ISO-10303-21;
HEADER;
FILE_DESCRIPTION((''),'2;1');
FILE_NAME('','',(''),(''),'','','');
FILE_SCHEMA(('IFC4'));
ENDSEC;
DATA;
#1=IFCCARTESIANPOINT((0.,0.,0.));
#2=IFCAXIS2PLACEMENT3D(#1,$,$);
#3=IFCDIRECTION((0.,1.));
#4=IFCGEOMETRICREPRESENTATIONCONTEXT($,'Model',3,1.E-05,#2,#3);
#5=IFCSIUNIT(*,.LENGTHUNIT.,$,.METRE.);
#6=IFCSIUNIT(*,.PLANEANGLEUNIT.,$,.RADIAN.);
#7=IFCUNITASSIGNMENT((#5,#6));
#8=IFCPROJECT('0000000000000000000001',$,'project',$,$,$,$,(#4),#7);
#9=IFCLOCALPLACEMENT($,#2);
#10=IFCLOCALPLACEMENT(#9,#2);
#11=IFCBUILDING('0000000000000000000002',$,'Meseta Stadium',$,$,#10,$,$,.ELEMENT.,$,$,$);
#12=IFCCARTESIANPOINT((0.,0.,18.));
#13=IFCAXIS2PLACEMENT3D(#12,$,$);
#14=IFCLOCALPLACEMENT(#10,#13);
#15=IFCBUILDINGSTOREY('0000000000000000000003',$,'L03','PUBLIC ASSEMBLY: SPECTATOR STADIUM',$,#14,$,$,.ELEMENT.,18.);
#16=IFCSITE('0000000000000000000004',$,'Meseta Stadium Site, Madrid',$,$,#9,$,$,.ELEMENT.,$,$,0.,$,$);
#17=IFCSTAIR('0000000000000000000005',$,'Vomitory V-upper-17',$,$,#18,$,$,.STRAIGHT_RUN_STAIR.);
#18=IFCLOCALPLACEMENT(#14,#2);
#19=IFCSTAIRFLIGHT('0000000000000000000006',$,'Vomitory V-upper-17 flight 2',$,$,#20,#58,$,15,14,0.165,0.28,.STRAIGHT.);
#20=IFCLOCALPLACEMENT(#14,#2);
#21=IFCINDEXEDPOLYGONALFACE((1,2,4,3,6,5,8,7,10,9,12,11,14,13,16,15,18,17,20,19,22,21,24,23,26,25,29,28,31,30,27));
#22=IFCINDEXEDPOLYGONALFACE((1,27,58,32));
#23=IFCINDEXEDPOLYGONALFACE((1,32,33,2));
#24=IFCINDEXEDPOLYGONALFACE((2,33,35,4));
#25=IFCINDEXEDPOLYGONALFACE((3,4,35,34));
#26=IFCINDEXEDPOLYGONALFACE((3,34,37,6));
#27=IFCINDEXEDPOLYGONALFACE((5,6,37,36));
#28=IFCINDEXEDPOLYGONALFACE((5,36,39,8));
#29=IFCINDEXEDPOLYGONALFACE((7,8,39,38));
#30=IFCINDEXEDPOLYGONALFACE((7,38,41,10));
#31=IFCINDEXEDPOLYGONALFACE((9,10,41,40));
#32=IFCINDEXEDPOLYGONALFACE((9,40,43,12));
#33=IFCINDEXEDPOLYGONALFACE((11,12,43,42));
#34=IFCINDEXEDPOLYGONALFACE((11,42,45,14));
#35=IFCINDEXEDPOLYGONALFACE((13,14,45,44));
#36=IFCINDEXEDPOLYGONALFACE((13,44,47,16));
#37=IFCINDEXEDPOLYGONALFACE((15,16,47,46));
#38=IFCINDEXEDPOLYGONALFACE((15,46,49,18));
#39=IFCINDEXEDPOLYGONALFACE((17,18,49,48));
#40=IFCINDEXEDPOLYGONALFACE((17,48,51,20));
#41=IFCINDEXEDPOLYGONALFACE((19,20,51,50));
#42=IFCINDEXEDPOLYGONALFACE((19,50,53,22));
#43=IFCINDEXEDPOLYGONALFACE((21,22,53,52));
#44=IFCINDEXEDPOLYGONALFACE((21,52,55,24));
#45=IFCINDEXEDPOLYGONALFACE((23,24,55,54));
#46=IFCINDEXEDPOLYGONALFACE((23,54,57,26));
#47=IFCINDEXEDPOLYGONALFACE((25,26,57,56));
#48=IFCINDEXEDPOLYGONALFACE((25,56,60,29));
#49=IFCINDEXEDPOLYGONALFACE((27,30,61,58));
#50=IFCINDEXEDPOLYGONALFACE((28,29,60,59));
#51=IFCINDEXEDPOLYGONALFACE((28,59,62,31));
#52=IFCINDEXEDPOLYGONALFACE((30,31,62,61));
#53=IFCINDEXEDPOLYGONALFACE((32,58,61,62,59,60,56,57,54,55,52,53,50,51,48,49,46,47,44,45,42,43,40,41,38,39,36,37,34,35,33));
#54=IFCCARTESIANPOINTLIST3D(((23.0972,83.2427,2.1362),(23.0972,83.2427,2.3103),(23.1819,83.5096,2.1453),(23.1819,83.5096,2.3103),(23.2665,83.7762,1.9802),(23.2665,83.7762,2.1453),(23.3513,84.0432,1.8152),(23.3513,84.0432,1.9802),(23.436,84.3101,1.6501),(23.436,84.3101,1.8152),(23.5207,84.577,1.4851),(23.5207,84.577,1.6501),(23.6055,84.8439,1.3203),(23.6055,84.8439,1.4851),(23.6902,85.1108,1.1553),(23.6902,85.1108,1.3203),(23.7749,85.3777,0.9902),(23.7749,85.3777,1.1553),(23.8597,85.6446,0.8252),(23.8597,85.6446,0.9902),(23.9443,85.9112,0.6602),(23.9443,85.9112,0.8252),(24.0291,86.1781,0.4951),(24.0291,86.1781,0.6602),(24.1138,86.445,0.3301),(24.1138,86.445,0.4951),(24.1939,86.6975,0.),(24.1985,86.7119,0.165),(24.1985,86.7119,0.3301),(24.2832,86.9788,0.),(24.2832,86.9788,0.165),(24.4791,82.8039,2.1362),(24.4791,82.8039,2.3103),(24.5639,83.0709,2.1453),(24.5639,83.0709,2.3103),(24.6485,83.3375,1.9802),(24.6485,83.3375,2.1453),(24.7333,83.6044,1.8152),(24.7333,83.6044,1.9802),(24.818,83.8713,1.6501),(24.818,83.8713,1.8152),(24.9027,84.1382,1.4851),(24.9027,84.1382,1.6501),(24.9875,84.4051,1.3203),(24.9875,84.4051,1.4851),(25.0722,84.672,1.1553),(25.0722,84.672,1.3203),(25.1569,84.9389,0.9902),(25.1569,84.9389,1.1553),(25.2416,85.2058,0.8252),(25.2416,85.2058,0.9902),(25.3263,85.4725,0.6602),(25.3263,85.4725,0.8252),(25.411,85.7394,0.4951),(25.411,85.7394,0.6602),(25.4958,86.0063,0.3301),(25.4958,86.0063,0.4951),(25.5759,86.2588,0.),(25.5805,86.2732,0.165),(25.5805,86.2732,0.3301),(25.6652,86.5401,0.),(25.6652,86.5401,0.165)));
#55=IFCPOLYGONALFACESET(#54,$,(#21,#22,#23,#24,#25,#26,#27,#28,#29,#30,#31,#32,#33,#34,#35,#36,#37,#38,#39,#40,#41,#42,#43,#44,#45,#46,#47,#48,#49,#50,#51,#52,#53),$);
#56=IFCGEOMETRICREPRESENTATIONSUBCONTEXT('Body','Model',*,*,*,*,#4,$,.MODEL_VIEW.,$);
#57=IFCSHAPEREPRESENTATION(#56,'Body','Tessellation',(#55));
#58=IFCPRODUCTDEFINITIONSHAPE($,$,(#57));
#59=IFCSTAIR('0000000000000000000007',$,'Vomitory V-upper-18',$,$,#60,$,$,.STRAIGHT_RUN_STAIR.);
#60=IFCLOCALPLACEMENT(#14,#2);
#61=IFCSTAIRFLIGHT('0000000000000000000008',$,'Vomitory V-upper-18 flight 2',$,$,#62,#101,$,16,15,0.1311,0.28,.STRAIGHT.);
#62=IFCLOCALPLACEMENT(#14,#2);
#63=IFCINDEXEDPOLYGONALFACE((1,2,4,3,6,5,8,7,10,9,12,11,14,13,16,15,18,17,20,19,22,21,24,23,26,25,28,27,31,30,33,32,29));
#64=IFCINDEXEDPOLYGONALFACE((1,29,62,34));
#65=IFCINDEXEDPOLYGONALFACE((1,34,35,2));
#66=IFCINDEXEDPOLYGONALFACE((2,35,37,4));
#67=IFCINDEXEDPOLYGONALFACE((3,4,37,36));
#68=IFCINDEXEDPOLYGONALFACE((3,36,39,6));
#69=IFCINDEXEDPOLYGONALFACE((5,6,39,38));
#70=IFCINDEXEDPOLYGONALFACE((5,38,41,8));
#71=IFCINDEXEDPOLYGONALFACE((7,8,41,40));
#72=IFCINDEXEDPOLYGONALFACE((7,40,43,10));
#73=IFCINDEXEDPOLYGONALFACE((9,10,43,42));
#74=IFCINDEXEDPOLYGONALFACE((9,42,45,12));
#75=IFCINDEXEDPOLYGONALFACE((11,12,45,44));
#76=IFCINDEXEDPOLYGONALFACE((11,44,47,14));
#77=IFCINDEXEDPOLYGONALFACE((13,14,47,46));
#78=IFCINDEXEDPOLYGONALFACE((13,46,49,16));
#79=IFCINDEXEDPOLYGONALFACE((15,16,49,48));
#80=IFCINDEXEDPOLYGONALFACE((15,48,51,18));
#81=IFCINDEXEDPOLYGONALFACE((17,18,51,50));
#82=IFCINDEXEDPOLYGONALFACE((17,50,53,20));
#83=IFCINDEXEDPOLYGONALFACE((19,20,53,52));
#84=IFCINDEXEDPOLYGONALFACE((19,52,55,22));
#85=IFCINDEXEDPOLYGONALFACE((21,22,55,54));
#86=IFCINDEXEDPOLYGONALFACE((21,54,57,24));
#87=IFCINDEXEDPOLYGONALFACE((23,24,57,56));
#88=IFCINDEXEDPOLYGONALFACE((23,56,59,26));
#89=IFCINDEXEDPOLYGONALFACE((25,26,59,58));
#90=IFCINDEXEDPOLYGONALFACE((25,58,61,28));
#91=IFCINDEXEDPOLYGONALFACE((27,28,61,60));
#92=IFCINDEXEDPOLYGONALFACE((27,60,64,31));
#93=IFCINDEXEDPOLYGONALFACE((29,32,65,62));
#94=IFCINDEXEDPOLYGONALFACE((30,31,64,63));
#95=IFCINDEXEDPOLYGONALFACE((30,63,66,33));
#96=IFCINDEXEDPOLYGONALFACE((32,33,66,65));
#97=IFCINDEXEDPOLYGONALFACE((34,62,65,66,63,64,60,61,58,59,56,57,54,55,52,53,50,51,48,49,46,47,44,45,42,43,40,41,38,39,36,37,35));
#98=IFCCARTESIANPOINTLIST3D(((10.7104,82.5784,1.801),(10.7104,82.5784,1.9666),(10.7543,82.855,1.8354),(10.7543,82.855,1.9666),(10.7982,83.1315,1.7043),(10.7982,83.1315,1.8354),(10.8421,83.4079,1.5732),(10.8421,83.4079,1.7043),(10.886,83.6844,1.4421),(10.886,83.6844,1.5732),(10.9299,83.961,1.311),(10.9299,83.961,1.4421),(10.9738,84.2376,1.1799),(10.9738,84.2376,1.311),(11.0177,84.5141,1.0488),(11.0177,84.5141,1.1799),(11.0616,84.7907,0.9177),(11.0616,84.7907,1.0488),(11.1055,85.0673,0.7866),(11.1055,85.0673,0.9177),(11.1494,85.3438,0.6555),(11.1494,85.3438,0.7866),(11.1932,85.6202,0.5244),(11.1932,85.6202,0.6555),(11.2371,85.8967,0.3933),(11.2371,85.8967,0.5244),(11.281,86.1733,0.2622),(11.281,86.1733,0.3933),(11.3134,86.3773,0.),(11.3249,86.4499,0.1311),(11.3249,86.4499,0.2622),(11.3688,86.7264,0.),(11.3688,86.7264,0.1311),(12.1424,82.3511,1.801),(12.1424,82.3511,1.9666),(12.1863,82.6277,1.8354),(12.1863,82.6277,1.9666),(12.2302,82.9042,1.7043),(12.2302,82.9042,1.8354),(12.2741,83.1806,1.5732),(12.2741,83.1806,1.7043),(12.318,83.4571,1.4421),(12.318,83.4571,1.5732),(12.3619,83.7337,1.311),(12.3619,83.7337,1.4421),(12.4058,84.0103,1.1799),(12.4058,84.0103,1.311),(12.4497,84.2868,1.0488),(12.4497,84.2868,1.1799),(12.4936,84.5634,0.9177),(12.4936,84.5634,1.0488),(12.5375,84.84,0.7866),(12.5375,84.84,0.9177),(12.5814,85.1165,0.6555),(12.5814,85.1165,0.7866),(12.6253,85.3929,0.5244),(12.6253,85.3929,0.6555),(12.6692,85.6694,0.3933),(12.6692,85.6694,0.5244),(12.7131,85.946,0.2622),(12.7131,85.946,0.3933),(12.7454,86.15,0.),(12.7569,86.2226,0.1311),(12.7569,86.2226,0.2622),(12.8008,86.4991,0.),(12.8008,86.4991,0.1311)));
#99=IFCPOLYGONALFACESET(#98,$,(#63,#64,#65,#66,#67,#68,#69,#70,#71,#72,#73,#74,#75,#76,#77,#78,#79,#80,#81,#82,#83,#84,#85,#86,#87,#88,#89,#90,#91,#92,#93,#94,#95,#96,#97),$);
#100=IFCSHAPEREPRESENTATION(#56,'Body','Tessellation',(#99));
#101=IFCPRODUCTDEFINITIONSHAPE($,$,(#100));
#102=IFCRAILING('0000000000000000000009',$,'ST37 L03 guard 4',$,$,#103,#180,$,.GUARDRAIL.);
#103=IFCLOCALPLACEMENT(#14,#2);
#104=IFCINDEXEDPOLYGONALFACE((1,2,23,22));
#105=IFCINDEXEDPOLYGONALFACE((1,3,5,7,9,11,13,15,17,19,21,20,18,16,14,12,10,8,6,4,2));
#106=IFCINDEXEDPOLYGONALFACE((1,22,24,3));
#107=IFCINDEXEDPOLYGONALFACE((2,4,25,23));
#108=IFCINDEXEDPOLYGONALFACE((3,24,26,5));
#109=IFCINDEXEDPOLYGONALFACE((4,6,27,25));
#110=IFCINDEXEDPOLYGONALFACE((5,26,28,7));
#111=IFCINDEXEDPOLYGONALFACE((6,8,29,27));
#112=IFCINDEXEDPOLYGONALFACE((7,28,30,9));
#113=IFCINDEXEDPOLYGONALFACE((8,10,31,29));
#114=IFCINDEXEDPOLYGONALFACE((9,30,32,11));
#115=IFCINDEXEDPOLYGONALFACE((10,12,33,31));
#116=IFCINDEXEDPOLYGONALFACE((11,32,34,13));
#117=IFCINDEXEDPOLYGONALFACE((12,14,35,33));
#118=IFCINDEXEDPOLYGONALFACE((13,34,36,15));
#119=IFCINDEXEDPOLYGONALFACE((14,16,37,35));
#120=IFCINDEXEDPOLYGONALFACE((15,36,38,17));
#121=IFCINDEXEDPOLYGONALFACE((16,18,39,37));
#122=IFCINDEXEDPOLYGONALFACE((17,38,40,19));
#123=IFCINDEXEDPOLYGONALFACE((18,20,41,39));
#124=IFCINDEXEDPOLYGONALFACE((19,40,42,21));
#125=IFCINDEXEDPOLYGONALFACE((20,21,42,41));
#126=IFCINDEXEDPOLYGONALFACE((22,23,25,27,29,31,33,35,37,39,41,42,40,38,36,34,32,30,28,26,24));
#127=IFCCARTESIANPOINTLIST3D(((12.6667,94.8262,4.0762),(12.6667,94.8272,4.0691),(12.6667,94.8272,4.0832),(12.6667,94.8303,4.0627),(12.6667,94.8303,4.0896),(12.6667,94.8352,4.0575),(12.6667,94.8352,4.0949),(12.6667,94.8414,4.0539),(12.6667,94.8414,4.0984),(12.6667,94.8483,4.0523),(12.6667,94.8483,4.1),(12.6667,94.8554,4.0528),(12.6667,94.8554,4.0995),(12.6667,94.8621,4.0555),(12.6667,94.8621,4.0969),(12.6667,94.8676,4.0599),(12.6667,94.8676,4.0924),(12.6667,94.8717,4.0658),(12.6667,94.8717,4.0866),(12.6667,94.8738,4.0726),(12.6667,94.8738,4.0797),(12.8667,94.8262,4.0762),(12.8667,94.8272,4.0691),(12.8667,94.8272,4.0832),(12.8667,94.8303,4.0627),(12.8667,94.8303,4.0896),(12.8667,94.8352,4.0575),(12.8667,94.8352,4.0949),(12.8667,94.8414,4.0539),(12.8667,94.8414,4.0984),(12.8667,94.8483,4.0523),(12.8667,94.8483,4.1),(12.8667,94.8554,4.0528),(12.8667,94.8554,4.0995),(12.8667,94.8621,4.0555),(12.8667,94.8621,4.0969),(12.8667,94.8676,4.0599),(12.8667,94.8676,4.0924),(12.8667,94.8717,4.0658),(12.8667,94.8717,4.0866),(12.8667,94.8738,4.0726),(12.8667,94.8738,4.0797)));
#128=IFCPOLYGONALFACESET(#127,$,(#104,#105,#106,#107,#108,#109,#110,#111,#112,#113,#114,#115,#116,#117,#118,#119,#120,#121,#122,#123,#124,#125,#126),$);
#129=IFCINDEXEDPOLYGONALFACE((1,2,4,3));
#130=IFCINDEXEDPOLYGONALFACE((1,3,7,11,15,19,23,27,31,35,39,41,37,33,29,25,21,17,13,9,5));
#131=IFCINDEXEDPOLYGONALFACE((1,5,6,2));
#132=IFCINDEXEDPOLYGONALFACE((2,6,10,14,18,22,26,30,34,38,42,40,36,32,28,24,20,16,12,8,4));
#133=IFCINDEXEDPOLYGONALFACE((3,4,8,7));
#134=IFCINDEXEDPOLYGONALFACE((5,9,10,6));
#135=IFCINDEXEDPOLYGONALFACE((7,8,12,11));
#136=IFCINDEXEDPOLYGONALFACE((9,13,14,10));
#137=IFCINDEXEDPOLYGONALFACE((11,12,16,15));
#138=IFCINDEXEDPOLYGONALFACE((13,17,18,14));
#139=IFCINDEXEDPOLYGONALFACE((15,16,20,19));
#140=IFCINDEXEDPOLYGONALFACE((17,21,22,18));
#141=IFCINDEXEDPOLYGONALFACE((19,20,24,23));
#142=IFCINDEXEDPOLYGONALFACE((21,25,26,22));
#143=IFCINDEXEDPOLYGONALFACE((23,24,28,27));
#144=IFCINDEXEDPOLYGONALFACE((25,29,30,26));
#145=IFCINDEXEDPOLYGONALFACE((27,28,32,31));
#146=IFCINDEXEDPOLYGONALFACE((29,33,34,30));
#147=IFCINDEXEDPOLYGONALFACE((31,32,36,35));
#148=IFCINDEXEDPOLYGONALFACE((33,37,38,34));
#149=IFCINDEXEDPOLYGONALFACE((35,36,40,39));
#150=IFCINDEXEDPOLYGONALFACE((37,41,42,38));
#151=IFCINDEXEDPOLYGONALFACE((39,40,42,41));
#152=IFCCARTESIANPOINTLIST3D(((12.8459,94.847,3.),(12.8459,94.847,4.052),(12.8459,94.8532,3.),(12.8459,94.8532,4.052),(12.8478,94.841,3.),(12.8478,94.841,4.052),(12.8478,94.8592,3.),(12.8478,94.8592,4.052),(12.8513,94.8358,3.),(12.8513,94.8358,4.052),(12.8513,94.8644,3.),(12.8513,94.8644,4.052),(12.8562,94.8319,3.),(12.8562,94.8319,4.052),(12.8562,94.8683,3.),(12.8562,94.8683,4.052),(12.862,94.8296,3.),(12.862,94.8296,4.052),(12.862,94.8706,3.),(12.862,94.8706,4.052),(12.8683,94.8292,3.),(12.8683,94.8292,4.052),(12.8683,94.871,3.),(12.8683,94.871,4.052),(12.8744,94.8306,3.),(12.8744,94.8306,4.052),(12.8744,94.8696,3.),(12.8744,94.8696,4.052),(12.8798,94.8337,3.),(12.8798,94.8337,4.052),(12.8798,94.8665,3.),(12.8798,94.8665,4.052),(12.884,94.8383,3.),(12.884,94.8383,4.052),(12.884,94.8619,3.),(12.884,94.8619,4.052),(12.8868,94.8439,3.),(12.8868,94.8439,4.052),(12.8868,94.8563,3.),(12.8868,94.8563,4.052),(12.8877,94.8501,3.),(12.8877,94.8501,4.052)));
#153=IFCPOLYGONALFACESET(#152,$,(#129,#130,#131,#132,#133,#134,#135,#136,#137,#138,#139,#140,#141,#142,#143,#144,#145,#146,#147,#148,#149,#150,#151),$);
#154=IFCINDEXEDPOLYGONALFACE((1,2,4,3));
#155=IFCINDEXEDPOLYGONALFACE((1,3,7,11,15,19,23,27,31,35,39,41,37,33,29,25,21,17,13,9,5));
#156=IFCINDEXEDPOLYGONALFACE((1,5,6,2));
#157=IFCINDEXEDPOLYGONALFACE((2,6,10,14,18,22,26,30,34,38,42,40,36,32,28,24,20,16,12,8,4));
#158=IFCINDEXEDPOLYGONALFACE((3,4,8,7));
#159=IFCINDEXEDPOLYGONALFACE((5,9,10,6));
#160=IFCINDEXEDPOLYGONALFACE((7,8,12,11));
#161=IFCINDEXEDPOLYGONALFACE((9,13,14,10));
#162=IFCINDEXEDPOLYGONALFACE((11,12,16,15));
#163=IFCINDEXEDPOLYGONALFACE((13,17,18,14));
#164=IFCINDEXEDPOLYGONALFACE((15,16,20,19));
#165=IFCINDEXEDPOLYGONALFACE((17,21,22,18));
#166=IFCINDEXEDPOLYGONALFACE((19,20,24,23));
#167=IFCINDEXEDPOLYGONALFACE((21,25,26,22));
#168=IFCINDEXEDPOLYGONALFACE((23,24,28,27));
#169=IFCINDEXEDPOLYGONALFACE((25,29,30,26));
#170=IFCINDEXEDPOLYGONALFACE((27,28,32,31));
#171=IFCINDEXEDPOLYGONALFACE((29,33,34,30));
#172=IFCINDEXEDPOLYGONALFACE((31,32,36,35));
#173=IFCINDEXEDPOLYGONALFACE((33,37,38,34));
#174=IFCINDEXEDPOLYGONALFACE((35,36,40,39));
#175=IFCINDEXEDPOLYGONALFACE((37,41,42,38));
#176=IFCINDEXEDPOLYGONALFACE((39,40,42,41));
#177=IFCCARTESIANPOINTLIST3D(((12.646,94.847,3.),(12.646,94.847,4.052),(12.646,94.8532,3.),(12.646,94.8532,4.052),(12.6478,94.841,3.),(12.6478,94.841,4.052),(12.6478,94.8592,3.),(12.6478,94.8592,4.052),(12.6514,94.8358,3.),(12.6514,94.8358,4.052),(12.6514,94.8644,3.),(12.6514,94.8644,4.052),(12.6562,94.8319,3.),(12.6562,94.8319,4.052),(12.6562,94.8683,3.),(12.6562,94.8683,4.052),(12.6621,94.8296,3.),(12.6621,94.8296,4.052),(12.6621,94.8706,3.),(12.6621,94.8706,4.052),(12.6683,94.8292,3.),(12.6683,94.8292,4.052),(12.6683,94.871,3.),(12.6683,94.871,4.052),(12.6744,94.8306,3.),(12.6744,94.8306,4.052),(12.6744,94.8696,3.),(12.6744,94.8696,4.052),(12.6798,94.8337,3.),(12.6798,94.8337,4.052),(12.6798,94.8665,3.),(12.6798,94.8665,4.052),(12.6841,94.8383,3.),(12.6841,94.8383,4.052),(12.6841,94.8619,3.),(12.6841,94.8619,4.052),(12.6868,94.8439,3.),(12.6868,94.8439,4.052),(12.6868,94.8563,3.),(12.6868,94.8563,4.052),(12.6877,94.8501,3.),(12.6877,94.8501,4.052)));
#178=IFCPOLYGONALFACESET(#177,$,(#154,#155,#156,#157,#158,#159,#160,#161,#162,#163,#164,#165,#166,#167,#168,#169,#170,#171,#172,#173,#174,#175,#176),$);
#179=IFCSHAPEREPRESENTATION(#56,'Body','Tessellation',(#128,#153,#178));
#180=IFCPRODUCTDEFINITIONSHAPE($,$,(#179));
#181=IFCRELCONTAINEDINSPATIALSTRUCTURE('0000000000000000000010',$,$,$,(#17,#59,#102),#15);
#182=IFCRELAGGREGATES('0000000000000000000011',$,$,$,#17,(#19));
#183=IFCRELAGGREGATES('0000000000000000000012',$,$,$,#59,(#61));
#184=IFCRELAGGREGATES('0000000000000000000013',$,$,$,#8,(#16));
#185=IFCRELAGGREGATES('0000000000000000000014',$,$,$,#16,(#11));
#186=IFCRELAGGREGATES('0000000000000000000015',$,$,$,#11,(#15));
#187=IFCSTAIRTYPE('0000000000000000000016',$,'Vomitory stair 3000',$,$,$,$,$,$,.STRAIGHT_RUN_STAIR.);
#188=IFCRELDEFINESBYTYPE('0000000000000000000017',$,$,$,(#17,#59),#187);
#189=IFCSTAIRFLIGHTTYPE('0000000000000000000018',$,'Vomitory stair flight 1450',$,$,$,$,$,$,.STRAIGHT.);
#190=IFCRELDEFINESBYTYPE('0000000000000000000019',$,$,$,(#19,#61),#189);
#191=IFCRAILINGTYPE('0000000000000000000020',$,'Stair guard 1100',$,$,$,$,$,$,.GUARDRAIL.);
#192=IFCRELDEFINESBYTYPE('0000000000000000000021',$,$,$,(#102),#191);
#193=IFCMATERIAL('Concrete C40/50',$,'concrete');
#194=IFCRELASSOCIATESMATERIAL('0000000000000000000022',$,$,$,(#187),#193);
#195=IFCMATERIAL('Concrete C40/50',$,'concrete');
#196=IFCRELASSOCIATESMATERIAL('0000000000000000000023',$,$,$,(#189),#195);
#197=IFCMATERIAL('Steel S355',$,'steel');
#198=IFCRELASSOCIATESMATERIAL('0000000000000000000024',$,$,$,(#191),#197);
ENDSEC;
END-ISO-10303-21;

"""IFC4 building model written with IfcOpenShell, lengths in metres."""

from ifc_helpers import new_model, si_unit, direction, frame, origin, origin_2d, place, context, subcontext, project, spatial, polyline, circle, outline, extrude, material, type_object, element, aggregate, save


model = new_model("IFC4")

# Units and contexts
model_context = context("Model", 3, precision=1e-05, world=origin(), true_north=direction((0.0, 1.0)))
body_context = subcontext(model_context, "Body", "Model", "MODEL_VIEW")
ifc_project = project(units=[si_unit("LENGTHUNIT", "METRE"), si_unit("PLANEANGLEUNIT", "RADIAN")], contexts=[model_context])

# Site, building, storey
site_placement = place(None, origin())
site = spatial("IfcSite", under=ifc_project, at=site_placement, Name="Meseta Stadium Site, Madrid", CompositionType="ELEMENT", RefElevation=0.0)
building_placement = place(site_placement, origin())
building = spatial("IfcBuilding", under=site, at=building_placement, Name="Meseta Stadium", CompositionType="ELEMENT")
storey_placement = place(building_placement, frame((0.0, 0.0, 18.0)))
storey = spatial("IfcBuildingStorey", under=building, at=storey_placement, Name="L03", Description="PUBLIC ASSEMBLY: SPECTATOR STADIUM", CompositionType="ELEMENT", Elevation=18.0)

# Stairs, stair flights
ifc_material_1 = material(Name="Concrete C40/50", Category="concrete")
stair_type = type_object("IfcStairType", Name="Vomitory stair 3000", PredefinedType="STRAIGHT_RUN_STAIR", material=ifc_material_1)
stair_1_placement = place(storey_placement, origin())
stair_1 = element("IfcStair", 1, at=stair_1_placement, inside=storey, type_object=stair_type, Name="Vomitory V-upper-17", PredefinedType="STRAIGHT_RUN_STAIR")
ifc_material_2 = material(Name="Concrete C40/50", Category="concrete")
stair_flight_type = type_object("IfcStairFlightType", Name="Vomitory stair flight 1450", PredefinedType="STRAIGHT", material=ifc_material_2)
stair_flight_1_placement = place(storey_placement, frame((24.9741, 86.7595, 0.0), z_axis=(0.0, 0.0, 1.0), x_axis=(-0.30258, -0.953124, 0.0)))
stair_flight_1 = element("IfcStairFlight", 2, at=stair_flight_1_placement, type_object=stair_flight_type, Name="Vomitory V-upper-17 flight 2", NumberOfRisers=15, NumberOfTreads=14, PredefinedType="STRAIGHT", RiserHeight=0.165, TreadLength=0.28, context=body_context, shape_type="SweptSolid", body=[
    extrude(outline(polyline([(0.0, 0.0), (0.0, 0.165), (0.28, 0.165), (0.28, 0.3301), (0.5601, 0.3301), (0.5601, 0.4951), (0.8401, 0.4951), (0.8401, 0.6602), (1.1201, 0.6602), (1.1201, 0.8252), (1.3999, 0.8252), (1.3999, 0.9902), (1.6799, 0.9902), (1.6799, 1.1553), (1.96, 1.1553), (1.96, 1.3203), (2.24, 1.3203), (2.24, 1.4851), (2.52, 1.4851), (2.52, 1.6501), (2.8, 1.6501), (2.8, 1.8152), (3.0801, 1.8152), (3.0801, 1.9802), (3.3601, 1.9802), (3.3601, 2.1453), (3.6399, 2.1453), (3.6399, 2.3103), (3.9199, 2.3103), (3.9199, 2.1362), (0.2952, 0.0), (0.0, 0.0)])), frame((0.0, 0.7251, 0.0), z_axis=(0.0, -1.0, 0.0), x_axis=(1.0, 0.0, 0.0)), (0.0, 0.0, 1.0), 1.45),
])
aggregate(stair_1, [stair_flight_1])
stair_2_placement = place(storey_placement, origin())
stair_2 = element("IfcStair", 3, at=stair_2_placement, inside=storey, type_object=stair_type, Name="Vomitory V-upper-18", PredefinedType="STRAIGHT_RUN_STAIR")
stair_flight_2_placement = place(storey_placement, frame((12.0847, 86.6128, 0.0), z_axis=(0.0, 0.0, 1.0), x_axis=(-0.156767, -0.987636, 0.0)))
stair_flight_2 = element("IfcStairFlight", 4, at=stair_flight_2_placement, type_object=stair_flight_type, Name="Vomitory V-upper-18 flight 2", NumberOfRisers=16, NumberOfTreads=15, PredefinedType="STRAIGHT", RiserHeight=0.1311, TreadLength=0.28, context=body_context, shape_type="SweptSolid", body=[
    extrude(outline(polyline([(0.0, 0.0), (0.0, 0.1311), (0.28, 0.1311), (0.28, 0.2622), (0.5601, 0.2622), (0.5601, 0.3933), (0.8401, 0.3933), (0.8401, 0.5244), (1.1201, 0.5244), (1.1201, 0.6555), (1.3999, 0.6555), (1.3999, 0.7866), (1.6799, 0.7866), (1.6799, 0.9177), (1.96, 0.9177), (1.96, 1.0488), (2.24, 1.0488), (2.24, 1.1799), (2.52, 1.1799), (2.52, 1.311), (2.8, 1.311), (2.8, 1.4421), (3.0801, 1.4421), (3.0801, 1.5732), (3.3601, 1.5732), (3.3601, 1.7043), (3.6399, 1.7043), (3.6399, 1.8354), (3.9199, 1.8354), (3.9199, 1.9666), (4.2, 1.9666), (4.2, 1.801), (0.3535, 0.0), (0.0, 0.0)])), frame((0.0, 0.7251, 0.0), z_axis=(0.0, -1.0, 0.0), x_axis=(1.0, 0.0, 0.0)), (0.0, 0.0, 1.0), 1.45),
])
aggregate(stair_2, [stair_flight_2])

# Railing
ifc_material_3 = material(Name="Steel S355", Category="steel")
railing_type_1 = type_object("IfcRailingType", Name="Stair guard 1100", PredefinedType="GUARDRAIL", material=ifc_material_3)
for number, where, name in (
    (5, (12.8667, 94.8501, 3.0), "ST37 L03 guard 4"),
):
    element("IfcRailing", number, at=place(storey_placement, frame(where)), inside=storey, type_object=railing_type_1, Name=name, PredefinedType="GUARDRAIL", context=body_context, shape_type="SweptSolid", body=[
        extrude(circle(Radius=0.0239, at=origin_2d()), frame((0.0, 0.0, 1.0762), z_axis=(-1.0, 0.0, 0.0), x_axis=(0.0, -1.0, 0.0)), (0.0, 0.0, 1.0), 0.2),
        extrude(circle(Radius=0.021, at=origin_2d()), origin(), (0.0, 0.0, 1.0), 1.052),
        extrude(circle(Radius=0.021, at=origin_2d()), frame((-0.2, 0.0, 0.0)), (0.0, 0.0, 1.0), 1.052),
    ])

save(model, "model.ifc")
